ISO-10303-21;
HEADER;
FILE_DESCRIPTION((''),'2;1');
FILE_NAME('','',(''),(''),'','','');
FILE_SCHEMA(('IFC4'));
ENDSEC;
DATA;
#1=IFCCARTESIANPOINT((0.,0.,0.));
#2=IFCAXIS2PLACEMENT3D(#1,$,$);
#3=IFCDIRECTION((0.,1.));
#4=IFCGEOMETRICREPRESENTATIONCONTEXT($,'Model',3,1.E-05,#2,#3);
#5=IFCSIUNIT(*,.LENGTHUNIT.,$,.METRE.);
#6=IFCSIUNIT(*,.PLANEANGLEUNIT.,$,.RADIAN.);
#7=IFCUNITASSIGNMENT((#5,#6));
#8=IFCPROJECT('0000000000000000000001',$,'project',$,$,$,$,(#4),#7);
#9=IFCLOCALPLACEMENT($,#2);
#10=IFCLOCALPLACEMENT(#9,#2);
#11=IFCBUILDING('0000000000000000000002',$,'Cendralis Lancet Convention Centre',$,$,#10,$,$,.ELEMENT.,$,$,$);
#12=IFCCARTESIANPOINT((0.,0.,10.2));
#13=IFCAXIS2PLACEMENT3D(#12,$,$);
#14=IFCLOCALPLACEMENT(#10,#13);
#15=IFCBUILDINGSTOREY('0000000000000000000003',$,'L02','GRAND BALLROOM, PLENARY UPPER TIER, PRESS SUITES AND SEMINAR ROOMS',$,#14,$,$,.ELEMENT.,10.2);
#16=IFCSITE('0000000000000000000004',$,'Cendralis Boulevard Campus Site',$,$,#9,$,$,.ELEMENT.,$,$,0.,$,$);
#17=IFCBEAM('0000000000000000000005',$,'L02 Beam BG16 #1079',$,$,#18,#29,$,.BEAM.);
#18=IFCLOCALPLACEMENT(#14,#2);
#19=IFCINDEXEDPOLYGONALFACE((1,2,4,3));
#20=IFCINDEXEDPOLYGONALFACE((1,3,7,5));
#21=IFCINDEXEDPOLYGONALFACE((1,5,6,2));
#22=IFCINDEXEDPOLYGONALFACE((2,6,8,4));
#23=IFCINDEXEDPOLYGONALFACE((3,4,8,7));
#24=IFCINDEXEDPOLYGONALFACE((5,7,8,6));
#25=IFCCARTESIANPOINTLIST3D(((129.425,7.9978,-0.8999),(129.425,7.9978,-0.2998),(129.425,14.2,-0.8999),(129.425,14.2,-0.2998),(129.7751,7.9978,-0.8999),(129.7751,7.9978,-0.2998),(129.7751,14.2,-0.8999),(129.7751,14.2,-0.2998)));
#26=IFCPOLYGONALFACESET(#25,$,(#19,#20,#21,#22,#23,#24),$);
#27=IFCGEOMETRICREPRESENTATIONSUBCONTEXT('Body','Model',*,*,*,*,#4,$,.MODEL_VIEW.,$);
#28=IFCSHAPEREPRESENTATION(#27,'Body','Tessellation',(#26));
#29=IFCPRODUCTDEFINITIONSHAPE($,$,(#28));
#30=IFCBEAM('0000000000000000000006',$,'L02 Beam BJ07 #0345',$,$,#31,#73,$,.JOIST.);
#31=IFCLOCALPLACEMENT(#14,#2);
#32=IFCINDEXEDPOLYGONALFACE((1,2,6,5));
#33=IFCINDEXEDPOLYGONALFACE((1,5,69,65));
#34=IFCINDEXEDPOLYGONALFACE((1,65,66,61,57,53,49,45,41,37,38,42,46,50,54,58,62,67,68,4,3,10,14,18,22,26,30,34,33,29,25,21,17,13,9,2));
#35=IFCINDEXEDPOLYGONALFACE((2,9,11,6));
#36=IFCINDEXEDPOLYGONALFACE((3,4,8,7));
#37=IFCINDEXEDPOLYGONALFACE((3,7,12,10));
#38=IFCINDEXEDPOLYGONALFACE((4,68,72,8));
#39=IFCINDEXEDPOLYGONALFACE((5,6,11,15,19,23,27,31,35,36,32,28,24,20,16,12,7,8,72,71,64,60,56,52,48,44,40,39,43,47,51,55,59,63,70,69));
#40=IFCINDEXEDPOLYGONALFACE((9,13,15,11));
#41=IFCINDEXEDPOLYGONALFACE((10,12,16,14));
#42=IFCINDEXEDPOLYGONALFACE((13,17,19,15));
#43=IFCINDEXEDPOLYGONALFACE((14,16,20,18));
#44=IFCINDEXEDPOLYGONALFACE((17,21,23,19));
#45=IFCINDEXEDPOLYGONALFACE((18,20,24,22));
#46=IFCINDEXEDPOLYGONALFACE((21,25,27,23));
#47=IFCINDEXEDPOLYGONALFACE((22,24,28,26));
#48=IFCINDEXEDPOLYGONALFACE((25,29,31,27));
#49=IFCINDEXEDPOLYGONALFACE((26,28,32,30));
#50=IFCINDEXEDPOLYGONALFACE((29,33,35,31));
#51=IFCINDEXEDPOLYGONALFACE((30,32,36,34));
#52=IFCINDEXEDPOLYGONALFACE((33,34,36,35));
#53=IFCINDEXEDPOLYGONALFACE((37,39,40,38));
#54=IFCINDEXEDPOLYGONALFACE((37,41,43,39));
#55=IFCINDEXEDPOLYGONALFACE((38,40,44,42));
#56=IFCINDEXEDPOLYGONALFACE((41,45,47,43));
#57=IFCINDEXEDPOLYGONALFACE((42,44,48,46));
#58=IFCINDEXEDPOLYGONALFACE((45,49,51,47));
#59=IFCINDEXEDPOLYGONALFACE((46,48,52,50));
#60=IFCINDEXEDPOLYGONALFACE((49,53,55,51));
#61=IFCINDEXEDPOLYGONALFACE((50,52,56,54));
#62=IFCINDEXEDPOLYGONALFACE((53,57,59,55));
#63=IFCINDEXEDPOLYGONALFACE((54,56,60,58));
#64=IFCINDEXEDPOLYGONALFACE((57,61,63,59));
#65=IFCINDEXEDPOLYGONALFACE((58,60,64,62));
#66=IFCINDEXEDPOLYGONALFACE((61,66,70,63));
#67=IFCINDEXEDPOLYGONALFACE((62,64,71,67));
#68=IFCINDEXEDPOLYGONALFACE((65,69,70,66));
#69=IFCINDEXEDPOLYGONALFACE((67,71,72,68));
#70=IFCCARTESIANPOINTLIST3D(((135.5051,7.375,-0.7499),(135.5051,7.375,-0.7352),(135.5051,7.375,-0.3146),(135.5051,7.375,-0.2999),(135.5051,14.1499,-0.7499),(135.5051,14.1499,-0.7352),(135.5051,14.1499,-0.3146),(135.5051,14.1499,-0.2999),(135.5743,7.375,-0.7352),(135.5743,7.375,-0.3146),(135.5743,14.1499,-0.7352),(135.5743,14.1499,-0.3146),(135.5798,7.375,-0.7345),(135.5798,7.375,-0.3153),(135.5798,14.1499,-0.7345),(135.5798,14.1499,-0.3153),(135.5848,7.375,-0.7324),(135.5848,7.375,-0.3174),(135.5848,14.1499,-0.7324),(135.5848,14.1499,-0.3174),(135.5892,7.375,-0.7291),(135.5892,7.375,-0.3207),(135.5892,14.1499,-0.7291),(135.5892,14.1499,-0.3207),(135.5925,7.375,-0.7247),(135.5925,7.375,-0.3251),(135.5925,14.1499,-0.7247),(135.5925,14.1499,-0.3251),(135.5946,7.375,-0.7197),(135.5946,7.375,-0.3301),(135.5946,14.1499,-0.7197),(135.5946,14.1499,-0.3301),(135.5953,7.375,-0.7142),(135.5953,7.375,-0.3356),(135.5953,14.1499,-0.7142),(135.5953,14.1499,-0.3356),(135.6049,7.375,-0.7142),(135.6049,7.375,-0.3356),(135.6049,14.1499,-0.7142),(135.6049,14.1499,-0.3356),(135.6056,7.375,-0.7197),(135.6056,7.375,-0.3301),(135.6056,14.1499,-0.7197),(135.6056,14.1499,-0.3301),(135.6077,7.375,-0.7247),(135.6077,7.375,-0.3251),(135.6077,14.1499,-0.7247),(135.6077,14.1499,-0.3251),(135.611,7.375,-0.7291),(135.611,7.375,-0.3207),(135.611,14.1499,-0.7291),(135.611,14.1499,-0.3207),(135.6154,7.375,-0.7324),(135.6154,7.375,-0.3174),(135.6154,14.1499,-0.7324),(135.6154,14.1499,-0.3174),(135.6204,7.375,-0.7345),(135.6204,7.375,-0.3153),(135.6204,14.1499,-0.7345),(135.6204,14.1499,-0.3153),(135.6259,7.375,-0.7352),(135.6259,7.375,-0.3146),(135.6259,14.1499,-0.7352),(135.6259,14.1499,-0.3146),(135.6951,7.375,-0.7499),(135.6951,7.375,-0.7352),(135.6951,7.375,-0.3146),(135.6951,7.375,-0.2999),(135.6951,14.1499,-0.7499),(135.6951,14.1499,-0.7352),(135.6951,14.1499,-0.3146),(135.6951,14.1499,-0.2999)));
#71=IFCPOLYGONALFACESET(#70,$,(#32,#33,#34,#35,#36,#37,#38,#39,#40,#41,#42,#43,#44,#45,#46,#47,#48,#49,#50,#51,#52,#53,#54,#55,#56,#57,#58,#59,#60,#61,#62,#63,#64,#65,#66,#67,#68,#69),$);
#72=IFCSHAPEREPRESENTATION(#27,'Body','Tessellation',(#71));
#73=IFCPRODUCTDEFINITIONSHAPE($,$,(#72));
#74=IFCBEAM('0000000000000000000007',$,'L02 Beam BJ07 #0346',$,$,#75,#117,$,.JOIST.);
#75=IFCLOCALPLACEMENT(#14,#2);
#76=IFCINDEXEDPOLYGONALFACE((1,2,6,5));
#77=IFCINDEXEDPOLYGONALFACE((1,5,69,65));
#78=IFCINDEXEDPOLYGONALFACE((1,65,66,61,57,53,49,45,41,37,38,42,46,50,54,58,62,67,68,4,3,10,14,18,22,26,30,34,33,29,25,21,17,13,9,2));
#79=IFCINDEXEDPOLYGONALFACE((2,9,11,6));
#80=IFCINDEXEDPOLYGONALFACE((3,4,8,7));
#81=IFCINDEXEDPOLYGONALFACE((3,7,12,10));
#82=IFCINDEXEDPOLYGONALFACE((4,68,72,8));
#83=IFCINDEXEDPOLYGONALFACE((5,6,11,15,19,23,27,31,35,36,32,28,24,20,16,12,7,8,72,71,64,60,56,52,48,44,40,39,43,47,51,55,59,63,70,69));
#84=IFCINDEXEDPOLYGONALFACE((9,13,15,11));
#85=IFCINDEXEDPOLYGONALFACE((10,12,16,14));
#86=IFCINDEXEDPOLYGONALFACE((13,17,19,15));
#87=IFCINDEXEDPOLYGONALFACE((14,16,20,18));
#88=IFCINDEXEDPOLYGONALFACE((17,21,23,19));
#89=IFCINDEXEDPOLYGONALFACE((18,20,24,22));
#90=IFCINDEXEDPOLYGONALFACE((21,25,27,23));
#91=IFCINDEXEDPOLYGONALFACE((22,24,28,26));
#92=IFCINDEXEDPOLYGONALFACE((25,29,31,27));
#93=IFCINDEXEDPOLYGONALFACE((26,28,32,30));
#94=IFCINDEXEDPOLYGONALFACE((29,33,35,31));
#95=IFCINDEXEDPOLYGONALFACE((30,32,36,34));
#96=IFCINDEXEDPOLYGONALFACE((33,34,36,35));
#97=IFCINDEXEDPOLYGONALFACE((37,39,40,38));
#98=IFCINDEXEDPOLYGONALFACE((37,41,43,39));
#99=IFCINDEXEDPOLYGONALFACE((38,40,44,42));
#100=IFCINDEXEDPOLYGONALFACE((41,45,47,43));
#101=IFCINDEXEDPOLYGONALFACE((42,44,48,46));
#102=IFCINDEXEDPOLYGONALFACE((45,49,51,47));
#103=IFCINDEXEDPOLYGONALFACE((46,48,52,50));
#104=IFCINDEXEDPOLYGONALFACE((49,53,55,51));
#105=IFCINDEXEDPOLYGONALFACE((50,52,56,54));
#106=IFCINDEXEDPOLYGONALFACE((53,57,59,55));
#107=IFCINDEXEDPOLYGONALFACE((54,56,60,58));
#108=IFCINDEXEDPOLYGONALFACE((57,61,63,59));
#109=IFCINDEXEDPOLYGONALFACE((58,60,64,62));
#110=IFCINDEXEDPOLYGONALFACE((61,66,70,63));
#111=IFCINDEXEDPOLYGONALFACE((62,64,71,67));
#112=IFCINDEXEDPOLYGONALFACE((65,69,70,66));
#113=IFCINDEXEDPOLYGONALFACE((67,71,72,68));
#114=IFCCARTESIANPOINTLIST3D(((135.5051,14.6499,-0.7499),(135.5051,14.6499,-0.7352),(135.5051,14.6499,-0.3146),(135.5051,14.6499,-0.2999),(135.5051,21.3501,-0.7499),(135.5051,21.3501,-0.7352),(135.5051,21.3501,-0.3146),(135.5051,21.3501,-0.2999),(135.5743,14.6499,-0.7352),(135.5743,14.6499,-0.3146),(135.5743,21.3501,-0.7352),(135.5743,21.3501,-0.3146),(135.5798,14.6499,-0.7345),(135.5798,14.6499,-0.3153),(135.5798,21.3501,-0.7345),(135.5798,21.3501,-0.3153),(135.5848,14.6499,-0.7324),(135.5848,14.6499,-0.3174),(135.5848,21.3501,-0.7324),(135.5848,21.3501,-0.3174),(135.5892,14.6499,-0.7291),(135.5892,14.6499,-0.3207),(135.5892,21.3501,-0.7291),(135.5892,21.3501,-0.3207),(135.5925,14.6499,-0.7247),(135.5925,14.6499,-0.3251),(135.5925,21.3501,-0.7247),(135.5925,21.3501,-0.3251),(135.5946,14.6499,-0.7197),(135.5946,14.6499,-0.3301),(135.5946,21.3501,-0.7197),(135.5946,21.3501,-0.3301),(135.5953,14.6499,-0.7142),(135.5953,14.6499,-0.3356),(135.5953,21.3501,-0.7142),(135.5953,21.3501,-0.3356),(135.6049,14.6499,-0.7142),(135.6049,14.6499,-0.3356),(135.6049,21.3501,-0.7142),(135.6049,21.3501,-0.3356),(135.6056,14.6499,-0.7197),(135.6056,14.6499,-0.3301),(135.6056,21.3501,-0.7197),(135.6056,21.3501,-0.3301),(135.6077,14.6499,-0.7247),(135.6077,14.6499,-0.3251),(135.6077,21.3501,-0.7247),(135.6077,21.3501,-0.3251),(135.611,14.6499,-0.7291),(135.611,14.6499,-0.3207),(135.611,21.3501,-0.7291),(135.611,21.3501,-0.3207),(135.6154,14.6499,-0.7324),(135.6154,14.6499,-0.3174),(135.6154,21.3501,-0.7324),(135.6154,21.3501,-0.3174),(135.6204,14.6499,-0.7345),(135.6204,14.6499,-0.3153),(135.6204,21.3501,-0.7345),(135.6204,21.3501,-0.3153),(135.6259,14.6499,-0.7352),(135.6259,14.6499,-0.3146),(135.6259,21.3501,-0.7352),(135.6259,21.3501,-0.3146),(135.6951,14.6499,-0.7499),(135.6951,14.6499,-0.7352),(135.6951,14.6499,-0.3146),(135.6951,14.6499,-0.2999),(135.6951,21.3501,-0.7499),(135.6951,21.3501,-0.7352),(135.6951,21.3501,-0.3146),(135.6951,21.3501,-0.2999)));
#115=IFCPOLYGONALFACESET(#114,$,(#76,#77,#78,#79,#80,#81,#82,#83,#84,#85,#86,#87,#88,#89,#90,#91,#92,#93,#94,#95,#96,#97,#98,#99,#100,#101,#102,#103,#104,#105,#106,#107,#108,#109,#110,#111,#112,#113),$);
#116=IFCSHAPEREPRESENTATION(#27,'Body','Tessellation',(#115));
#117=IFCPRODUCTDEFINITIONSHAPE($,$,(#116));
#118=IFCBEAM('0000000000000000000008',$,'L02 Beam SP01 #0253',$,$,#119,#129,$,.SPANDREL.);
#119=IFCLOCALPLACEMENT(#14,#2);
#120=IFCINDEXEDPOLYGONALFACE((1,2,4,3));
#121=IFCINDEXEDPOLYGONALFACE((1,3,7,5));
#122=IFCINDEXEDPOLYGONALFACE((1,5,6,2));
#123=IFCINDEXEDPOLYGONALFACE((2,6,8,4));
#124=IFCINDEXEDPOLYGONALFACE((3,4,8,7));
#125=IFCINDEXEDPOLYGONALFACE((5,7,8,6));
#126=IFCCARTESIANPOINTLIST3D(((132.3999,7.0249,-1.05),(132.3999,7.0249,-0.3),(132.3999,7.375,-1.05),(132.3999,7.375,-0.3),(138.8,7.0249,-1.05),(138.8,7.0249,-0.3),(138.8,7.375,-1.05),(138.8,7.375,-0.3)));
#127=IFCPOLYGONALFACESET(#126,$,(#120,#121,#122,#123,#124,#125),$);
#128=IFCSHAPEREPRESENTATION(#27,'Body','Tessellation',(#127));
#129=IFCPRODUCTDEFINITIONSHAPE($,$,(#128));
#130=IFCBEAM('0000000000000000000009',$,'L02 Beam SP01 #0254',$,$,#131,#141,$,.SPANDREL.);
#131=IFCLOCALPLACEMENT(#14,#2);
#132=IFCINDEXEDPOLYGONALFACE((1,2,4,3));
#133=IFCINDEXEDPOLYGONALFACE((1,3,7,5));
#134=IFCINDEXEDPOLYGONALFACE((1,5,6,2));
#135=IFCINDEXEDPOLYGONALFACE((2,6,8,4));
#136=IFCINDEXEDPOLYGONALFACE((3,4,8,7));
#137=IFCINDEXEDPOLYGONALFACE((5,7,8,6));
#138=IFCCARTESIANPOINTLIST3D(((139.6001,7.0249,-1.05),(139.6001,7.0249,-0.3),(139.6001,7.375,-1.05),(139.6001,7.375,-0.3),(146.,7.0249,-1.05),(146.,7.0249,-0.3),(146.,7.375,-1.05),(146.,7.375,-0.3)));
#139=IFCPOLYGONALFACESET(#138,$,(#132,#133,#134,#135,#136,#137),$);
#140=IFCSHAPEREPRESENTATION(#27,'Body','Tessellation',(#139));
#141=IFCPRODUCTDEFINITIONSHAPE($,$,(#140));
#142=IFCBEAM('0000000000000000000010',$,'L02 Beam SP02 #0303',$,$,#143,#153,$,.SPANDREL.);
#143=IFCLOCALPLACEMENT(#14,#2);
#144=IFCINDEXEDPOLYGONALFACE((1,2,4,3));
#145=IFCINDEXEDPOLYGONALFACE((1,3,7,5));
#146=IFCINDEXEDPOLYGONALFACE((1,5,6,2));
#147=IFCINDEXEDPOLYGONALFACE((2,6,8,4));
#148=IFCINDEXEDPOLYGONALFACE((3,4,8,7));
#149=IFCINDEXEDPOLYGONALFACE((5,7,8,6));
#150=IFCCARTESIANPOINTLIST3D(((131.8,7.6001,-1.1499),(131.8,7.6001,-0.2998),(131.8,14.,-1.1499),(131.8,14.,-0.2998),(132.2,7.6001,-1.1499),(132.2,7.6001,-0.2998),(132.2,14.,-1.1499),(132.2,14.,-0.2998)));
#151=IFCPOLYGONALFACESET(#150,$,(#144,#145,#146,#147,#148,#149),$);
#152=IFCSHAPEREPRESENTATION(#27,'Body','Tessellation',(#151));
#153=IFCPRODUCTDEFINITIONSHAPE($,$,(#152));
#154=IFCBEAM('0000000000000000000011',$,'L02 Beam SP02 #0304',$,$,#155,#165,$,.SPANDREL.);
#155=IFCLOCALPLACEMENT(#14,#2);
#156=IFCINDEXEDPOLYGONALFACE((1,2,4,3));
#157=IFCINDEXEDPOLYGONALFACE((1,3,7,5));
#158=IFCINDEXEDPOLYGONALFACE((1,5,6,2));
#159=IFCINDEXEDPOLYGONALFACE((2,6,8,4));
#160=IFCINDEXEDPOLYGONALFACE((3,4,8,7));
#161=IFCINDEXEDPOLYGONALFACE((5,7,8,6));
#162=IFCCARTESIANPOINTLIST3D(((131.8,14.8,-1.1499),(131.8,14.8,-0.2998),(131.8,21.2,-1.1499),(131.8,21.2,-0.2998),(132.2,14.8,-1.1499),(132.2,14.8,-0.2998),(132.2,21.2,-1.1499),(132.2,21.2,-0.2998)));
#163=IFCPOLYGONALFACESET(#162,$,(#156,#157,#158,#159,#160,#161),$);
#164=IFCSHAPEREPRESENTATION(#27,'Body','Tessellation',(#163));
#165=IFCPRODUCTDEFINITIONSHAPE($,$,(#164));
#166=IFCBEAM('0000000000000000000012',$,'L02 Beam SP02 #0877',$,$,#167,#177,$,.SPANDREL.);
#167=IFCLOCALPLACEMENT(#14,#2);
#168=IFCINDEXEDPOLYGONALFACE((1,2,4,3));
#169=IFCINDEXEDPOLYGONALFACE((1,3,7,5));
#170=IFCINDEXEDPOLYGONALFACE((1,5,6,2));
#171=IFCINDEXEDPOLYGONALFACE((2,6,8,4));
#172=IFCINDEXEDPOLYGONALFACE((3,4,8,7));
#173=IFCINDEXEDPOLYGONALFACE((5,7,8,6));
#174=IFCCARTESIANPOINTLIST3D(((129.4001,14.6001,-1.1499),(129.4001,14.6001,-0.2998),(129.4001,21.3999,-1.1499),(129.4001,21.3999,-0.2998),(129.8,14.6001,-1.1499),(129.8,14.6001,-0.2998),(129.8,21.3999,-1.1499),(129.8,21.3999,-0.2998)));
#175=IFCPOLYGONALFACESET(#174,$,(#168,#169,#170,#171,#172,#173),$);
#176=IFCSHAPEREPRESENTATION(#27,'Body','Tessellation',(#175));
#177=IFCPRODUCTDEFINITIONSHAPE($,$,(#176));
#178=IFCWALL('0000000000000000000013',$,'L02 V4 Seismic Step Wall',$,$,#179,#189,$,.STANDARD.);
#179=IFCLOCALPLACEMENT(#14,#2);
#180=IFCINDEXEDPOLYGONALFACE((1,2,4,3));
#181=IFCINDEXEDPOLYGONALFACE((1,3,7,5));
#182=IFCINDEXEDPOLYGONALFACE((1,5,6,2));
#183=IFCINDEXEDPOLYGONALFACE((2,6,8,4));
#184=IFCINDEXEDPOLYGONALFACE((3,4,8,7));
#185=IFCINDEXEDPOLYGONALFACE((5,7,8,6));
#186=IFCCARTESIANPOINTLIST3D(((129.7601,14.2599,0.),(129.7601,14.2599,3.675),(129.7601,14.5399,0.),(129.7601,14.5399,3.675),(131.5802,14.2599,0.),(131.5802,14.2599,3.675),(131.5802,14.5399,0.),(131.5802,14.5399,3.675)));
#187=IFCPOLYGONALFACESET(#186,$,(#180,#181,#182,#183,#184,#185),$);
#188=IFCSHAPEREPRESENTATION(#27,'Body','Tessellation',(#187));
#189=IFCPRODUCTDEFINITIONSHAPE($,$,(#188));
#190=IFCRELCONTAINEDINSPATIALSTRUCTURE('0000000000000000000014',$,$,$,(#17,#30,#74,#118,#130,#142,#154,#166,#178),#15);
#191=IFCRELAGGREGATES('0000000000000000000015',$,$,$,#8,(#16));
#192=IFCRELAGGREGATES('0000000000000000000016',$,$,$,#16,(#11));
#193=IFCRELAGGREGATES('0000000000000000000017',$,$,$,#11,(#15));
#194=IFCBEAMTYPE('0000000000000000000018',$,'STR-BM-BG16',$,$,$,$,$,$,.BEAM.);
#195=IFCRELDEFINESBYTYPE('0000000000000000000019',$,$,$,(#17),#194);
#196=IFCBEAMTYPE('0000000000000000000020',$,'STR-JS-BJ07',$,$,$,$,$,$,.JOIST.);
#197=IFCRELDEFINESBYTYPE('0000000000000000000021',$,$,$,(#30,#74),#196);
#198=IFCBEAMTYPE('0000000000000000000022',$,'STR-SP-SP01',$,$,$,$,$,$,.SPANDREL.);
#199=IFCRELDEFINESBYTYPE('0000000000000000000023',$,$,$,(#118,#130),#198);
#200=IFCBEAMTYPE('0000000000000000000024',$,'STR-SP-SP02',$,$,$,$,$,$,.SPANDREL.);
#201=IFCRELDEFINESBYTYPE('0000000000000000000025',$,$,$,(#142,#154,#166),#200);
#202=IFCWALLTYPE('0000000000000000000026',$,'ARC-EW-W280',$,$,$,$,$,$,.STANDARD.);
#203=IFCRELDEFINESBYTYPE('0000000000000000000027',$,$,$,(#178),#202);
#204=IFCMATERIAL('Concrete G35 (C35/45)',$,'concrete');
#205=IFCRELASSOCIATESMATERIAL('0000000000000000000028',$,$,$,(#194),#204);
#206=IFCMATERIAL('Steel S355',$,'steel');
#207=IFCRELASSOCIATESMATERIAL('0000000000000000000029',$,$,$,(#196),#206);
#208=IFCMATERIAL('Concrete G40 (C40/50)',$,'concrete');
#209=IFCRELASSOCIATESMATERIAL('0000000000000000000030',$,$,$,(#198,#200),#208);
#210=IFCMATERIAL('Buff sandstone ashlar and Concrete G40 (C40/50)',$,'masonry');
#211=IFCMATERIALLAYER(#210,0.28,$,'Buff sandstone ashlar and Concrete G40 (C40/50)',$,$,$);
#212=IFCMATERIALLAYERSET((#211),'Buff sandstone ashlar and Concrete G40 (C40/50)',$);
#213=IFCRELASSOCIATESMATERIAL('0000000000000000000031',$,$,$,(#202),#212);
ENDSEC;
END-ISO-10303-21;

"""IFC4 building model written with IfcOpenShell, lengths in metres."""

from ifc_helpers import new_model, si_unit, direction, frame, frame_2d, origin, origin_2d, place, context, subcontext, project, spatial, rectangle, i_section, extrude, material, layer, layer_set, material_profile, profile_set, type_object, element, save


model = new_model("IFC4")

# Units and contexts
model_context = context("Model", 3, precision=1e-05, world=origin(), true_north=direction((0.0, 1.0)))
body_context = subcontext(model_context, "Body", "Model", "MODEL_VIEW")
ifc_project = project(units=[si_unit("LENGTHUNIT", "METRE"), si_unit("PLANEANGLEUNIT", "RADIAN")], contexts=[model_context])

# Site, building, storey
site_placement = place(None, origin())
site = spatial("IfcSite", under=ifc_project, at=site_placement, Name="Cendralis Boulevard Campus Site", CompositionType="ELEMENT", RefElevation=0.0)
building_placement = place(site_placement, origin())
building = spatial("IfcBuilding", under=site, at=building_placement, Name="Cendralis Lancet Convention Centre", CompositionType="ELEMENT")
storey_placement = place(building_placement, frame((0.0, 0.0, 10.2)))
storey = spatial("IfcBuildingStorey", under=building, at=storey_placement, Name="L02", Description="GRAND BALLROOM, PLENARY UPPER TIER, PRESS SUITES AND SEMINAR ROOMS", CompositionType="ELEMENT", Elevation=10.2)

# Shared definitions
ifc_material_1 = material(Name="Concrete G40 (C40/50)", Category="concrete")
ifc_material_2 = material(Name="Steel S355", Category="steel")

# Beams
ifc_material_3 = material(Name="Concrete G35 (C35/45)", Category="concrete")
ifc_material_profile_1 = material_profile(ifc_material_3, rectangle(XDim=0.3501, YDim=0.6001, at=origin_2d()), Name="RCB 350x600")
ifc_profile_set_1 = profile_set([ifc_material_profile_1], Name="Concrete G35 (C35/45)")
beam_type_1 = type_object("IfcBeamType", Name="STR-BM-BG16", PredefinedType="BEAM", material=ifc_profile_set_1)
beam_1_placement = place(storey_placement, frame((129.6001, 7.9978, -0.5999), z_axis=(0.0, 1.0, 0.0), x_axis=(-1.0, 0.0, 0.0)))
element("IfcBeam", 1, at=beam_1_placement, inside=storey, type_object=beam_type_1, Name="L02 Beam BG16 #1079", PredefinedType="BEAM", context=body_context, shape_type="SweptSolid", body=[
    extrude(rectangle(XDim=0.3501, YDim=0.6001, at=origin_2d()), origin(), (0.0, 0.0, 1.0), 6.2021),
])
ifc_material_profile_2 = material_profile(ifc_material_2, i_section(OverallWidth=0.1899, OverallDepth=0.45, WebThickness=0.0095, FlangeThickness=0.0146, FilletRadius=0.021, at=origin_2d()), Name="IPE 450")
ifc_profile_set_2 = profile_set([ifc_material_profile_2], Name="Steel S355")
beam_type_2 = type_object("IfcBeamType", Name="STR-JS-BJ07", PredefinedType="JOIST", material=ifc_profile_set_2)
beam_2_placement = place(storey_placement, frame((135.6001, 7.375, -0.5249), z_axis=(0.0, 1.0, 0.0), x_axis=(-1.0, 0.0, 0.0)))
element("IfcBeam", 2, at=beam_2_placement, inside=storey, type_object=beam_type_2, Name="L02 Beam BJ07 #0345", PredefinedType="JOIST", context=body_context, shape_type="SweptSolid", body=[
    extrude(i_section(OverallWidth=0.1899, OverallDepth=0.45, WebThickness=0.0095, FlangeThickness=0.0146, FilletRadius=0.021, at=origin_2d()), origin(), (0.0, 0.0, 1.0), 6.7749),
])
beam_3_placement = place(storey_placement, frame((135.6001, 14.6499, -0.5249), z_axis=(0.0, 1.0, 0.0), x_axis=(-1.0, 0.0, 0.0)))
element("IfcBeam", 3, at=beam_3_placement, inside=storey, type_object=beam_type_2, Name="L02 Beam BJ07 #0346", PredefinedType="JOIST", context=body_context, shape_type="SweptSolid", body=[
    extrude(i_section(OverallWidth=0.1899, OverallDepth=0.45, WebThickness=0.0095, FlangeThickness=0.0146, FilletRadius=0.021, at=origin_2d()), origin(), (0.0, 0.0, 1.0), 6.7002),
])
ifc_material_profile_3 = material_profile(ifc_material_1, rectangle(XDim=0.3501, YDim=0.75, at=origin_2d()), Name="RCB 350x750")
ifc_profile_set_3 = profile_set([ifc_material_profile_3], Name="Concrete G40 (C40/50)")
beam_type_3 = type_object("IfcBeamType", Name="STR-SP-SP01", PredefinedType="SPANDREL", material=ifc_profile_set_3)
beam_4_placement = place(storey_placement, frame((132.3999, 7.2, -0.675), z_axis=(1.0, 0.0, 0.0), x_axis=(0.0, 1.0, 0.0)))
element("IfcBeam", 4, at=beam_4_placement, inside=storey, type_object=beam_type_3, Name="L02 Beam SP01 #0253", PredefinedType="SPANDREL", context=body_context, shape_type="SweptSolid", body=[
    extrude(rectangle(XDim=0.3501, YDim=0.75, at=origin_2d()), origin(), (0.0, 0.0, 1.0), 6.4001),
])
beam_5_placement = place(storey_placement, frame((139.6001, 7.2, -0.675), z_axis=(1.0, 0.0, 0.0), x_axis=(0.0, 1.0, 0.0)))
element("IfcBeam", 5, at=beam_5_placement, inside=storey, type_object=beam_type_3, Name="L02 Beam SP01 #0254", PredefinedType="SPANDREL", context=body_context, shape_type="SweptSolid", body=[
    extrude(rectangle(XDim=0.3501, YDim=0.75, at=origin_2d()), origin(), (0.0, 0.0, 1.0), 6.3999),
])
ifc_material_profile_4 = material_profile(ifc_material_1, rectangle(XDim=0.3999, YDim=0.8501, at=origin_2d()), Name="RCB 400x850")
ifc_profile_set_4 = profile_set([ifc_material_profile_4], Name="Concrete G40 (C40/50)")
beam_type_4 = type_object("IfcBeamType", Name="STR-SP-SP02", PredefinedType="SPANDREL", material=ifc_profile_set_4)
for number, where, z_axis, x_axis, name in (
    (6, (132.0, 7.6001, -0.7249), (0.0, 1.0, 0.0), (-1.0, 0.0, 0.0), "L02 Beam SP02 #0303"),
    (7, (132.0, 14.8, -0.7249), (0.0, 1.0, 0.0), (-1.0, 0.0, 0.0), "L02 Beam SP02 #0304"),
):
    element("IfcBeam", number, at=place(storey_placement, frame(where, z_axis=z_axis, x_axis=x_axis)), inside=storey, type_object=beam_type_4, Name=name, PredefinedType="SPANDREL", context=body_context, shape_type="SweptSolid", body=[
        extrude(rectangle(XDim=0.3999, YDim=0.8501, at=origin_2d()), origin(), (0.0, 0.0, 1.0), 6.3999),
    ])
beam_6_placement = place(storey_placement, frame((129.6001, 14.6001, -0.7249), z_axis=(0.0, 1.0, 0.0), x_axis=(-1.0, 0.0, 0.0)))
element("IfcBeam", 8, at=beam_6_placement, inside=storey, type_object=beam_type_4, Name="L02 Beam SP02 #0877", PredefinedType="SPANDREL", context=body_context, shape_type="SweptSolid", body=[
    extrude(rectangle(XDim=0.3999, YDim=0.8501, at=origin_2d()), origin(), (0.0, 0.0, 1.0), 6.7998),
])

# Wall
ifc_material_4 = material(Name="Buff sandstone ashlar and Concrete G40 (C40/50)", Category="masonry")
ifc_layer_1 = layer(ifc_material_4, 0.28, Name="Buff sandstone ashlar and Concrete G40 (C40/50)")
ifc_layer_set_1 = layer_set([ifc_layer_1], Name="Buff sandstone ashlar and Concrete G40 (C40/50)")
wall_type_1 = type_object("IfcWallType", Name="ARC-EW-W280", PredefinedType="STANDARD", material=ifc_layer_set_1)
wall_1_placement = place(storey_placement, frame((129.76, 14.3999, 0.0), z_axis=(0.0, 0.0, 1.0), x_axis=(1.0, 0.0, 0.0)))
element("IfcWall", 9, at=wall_1_placement, inside=storey, type_object=wall_type_1, Name="L02 V4 Seismic Step Wall", PredefinedType="STANDARD", context=body_context, shape_type="SweptSolid", body=[
    extrude(rectangle(XDim=1.8201, YDim=0.28, at=frame_2d((0.9102, 0.0))), origin(), (0.0, 0.0, 1.0), 3.675),
])

save(model, "model.ifc")
